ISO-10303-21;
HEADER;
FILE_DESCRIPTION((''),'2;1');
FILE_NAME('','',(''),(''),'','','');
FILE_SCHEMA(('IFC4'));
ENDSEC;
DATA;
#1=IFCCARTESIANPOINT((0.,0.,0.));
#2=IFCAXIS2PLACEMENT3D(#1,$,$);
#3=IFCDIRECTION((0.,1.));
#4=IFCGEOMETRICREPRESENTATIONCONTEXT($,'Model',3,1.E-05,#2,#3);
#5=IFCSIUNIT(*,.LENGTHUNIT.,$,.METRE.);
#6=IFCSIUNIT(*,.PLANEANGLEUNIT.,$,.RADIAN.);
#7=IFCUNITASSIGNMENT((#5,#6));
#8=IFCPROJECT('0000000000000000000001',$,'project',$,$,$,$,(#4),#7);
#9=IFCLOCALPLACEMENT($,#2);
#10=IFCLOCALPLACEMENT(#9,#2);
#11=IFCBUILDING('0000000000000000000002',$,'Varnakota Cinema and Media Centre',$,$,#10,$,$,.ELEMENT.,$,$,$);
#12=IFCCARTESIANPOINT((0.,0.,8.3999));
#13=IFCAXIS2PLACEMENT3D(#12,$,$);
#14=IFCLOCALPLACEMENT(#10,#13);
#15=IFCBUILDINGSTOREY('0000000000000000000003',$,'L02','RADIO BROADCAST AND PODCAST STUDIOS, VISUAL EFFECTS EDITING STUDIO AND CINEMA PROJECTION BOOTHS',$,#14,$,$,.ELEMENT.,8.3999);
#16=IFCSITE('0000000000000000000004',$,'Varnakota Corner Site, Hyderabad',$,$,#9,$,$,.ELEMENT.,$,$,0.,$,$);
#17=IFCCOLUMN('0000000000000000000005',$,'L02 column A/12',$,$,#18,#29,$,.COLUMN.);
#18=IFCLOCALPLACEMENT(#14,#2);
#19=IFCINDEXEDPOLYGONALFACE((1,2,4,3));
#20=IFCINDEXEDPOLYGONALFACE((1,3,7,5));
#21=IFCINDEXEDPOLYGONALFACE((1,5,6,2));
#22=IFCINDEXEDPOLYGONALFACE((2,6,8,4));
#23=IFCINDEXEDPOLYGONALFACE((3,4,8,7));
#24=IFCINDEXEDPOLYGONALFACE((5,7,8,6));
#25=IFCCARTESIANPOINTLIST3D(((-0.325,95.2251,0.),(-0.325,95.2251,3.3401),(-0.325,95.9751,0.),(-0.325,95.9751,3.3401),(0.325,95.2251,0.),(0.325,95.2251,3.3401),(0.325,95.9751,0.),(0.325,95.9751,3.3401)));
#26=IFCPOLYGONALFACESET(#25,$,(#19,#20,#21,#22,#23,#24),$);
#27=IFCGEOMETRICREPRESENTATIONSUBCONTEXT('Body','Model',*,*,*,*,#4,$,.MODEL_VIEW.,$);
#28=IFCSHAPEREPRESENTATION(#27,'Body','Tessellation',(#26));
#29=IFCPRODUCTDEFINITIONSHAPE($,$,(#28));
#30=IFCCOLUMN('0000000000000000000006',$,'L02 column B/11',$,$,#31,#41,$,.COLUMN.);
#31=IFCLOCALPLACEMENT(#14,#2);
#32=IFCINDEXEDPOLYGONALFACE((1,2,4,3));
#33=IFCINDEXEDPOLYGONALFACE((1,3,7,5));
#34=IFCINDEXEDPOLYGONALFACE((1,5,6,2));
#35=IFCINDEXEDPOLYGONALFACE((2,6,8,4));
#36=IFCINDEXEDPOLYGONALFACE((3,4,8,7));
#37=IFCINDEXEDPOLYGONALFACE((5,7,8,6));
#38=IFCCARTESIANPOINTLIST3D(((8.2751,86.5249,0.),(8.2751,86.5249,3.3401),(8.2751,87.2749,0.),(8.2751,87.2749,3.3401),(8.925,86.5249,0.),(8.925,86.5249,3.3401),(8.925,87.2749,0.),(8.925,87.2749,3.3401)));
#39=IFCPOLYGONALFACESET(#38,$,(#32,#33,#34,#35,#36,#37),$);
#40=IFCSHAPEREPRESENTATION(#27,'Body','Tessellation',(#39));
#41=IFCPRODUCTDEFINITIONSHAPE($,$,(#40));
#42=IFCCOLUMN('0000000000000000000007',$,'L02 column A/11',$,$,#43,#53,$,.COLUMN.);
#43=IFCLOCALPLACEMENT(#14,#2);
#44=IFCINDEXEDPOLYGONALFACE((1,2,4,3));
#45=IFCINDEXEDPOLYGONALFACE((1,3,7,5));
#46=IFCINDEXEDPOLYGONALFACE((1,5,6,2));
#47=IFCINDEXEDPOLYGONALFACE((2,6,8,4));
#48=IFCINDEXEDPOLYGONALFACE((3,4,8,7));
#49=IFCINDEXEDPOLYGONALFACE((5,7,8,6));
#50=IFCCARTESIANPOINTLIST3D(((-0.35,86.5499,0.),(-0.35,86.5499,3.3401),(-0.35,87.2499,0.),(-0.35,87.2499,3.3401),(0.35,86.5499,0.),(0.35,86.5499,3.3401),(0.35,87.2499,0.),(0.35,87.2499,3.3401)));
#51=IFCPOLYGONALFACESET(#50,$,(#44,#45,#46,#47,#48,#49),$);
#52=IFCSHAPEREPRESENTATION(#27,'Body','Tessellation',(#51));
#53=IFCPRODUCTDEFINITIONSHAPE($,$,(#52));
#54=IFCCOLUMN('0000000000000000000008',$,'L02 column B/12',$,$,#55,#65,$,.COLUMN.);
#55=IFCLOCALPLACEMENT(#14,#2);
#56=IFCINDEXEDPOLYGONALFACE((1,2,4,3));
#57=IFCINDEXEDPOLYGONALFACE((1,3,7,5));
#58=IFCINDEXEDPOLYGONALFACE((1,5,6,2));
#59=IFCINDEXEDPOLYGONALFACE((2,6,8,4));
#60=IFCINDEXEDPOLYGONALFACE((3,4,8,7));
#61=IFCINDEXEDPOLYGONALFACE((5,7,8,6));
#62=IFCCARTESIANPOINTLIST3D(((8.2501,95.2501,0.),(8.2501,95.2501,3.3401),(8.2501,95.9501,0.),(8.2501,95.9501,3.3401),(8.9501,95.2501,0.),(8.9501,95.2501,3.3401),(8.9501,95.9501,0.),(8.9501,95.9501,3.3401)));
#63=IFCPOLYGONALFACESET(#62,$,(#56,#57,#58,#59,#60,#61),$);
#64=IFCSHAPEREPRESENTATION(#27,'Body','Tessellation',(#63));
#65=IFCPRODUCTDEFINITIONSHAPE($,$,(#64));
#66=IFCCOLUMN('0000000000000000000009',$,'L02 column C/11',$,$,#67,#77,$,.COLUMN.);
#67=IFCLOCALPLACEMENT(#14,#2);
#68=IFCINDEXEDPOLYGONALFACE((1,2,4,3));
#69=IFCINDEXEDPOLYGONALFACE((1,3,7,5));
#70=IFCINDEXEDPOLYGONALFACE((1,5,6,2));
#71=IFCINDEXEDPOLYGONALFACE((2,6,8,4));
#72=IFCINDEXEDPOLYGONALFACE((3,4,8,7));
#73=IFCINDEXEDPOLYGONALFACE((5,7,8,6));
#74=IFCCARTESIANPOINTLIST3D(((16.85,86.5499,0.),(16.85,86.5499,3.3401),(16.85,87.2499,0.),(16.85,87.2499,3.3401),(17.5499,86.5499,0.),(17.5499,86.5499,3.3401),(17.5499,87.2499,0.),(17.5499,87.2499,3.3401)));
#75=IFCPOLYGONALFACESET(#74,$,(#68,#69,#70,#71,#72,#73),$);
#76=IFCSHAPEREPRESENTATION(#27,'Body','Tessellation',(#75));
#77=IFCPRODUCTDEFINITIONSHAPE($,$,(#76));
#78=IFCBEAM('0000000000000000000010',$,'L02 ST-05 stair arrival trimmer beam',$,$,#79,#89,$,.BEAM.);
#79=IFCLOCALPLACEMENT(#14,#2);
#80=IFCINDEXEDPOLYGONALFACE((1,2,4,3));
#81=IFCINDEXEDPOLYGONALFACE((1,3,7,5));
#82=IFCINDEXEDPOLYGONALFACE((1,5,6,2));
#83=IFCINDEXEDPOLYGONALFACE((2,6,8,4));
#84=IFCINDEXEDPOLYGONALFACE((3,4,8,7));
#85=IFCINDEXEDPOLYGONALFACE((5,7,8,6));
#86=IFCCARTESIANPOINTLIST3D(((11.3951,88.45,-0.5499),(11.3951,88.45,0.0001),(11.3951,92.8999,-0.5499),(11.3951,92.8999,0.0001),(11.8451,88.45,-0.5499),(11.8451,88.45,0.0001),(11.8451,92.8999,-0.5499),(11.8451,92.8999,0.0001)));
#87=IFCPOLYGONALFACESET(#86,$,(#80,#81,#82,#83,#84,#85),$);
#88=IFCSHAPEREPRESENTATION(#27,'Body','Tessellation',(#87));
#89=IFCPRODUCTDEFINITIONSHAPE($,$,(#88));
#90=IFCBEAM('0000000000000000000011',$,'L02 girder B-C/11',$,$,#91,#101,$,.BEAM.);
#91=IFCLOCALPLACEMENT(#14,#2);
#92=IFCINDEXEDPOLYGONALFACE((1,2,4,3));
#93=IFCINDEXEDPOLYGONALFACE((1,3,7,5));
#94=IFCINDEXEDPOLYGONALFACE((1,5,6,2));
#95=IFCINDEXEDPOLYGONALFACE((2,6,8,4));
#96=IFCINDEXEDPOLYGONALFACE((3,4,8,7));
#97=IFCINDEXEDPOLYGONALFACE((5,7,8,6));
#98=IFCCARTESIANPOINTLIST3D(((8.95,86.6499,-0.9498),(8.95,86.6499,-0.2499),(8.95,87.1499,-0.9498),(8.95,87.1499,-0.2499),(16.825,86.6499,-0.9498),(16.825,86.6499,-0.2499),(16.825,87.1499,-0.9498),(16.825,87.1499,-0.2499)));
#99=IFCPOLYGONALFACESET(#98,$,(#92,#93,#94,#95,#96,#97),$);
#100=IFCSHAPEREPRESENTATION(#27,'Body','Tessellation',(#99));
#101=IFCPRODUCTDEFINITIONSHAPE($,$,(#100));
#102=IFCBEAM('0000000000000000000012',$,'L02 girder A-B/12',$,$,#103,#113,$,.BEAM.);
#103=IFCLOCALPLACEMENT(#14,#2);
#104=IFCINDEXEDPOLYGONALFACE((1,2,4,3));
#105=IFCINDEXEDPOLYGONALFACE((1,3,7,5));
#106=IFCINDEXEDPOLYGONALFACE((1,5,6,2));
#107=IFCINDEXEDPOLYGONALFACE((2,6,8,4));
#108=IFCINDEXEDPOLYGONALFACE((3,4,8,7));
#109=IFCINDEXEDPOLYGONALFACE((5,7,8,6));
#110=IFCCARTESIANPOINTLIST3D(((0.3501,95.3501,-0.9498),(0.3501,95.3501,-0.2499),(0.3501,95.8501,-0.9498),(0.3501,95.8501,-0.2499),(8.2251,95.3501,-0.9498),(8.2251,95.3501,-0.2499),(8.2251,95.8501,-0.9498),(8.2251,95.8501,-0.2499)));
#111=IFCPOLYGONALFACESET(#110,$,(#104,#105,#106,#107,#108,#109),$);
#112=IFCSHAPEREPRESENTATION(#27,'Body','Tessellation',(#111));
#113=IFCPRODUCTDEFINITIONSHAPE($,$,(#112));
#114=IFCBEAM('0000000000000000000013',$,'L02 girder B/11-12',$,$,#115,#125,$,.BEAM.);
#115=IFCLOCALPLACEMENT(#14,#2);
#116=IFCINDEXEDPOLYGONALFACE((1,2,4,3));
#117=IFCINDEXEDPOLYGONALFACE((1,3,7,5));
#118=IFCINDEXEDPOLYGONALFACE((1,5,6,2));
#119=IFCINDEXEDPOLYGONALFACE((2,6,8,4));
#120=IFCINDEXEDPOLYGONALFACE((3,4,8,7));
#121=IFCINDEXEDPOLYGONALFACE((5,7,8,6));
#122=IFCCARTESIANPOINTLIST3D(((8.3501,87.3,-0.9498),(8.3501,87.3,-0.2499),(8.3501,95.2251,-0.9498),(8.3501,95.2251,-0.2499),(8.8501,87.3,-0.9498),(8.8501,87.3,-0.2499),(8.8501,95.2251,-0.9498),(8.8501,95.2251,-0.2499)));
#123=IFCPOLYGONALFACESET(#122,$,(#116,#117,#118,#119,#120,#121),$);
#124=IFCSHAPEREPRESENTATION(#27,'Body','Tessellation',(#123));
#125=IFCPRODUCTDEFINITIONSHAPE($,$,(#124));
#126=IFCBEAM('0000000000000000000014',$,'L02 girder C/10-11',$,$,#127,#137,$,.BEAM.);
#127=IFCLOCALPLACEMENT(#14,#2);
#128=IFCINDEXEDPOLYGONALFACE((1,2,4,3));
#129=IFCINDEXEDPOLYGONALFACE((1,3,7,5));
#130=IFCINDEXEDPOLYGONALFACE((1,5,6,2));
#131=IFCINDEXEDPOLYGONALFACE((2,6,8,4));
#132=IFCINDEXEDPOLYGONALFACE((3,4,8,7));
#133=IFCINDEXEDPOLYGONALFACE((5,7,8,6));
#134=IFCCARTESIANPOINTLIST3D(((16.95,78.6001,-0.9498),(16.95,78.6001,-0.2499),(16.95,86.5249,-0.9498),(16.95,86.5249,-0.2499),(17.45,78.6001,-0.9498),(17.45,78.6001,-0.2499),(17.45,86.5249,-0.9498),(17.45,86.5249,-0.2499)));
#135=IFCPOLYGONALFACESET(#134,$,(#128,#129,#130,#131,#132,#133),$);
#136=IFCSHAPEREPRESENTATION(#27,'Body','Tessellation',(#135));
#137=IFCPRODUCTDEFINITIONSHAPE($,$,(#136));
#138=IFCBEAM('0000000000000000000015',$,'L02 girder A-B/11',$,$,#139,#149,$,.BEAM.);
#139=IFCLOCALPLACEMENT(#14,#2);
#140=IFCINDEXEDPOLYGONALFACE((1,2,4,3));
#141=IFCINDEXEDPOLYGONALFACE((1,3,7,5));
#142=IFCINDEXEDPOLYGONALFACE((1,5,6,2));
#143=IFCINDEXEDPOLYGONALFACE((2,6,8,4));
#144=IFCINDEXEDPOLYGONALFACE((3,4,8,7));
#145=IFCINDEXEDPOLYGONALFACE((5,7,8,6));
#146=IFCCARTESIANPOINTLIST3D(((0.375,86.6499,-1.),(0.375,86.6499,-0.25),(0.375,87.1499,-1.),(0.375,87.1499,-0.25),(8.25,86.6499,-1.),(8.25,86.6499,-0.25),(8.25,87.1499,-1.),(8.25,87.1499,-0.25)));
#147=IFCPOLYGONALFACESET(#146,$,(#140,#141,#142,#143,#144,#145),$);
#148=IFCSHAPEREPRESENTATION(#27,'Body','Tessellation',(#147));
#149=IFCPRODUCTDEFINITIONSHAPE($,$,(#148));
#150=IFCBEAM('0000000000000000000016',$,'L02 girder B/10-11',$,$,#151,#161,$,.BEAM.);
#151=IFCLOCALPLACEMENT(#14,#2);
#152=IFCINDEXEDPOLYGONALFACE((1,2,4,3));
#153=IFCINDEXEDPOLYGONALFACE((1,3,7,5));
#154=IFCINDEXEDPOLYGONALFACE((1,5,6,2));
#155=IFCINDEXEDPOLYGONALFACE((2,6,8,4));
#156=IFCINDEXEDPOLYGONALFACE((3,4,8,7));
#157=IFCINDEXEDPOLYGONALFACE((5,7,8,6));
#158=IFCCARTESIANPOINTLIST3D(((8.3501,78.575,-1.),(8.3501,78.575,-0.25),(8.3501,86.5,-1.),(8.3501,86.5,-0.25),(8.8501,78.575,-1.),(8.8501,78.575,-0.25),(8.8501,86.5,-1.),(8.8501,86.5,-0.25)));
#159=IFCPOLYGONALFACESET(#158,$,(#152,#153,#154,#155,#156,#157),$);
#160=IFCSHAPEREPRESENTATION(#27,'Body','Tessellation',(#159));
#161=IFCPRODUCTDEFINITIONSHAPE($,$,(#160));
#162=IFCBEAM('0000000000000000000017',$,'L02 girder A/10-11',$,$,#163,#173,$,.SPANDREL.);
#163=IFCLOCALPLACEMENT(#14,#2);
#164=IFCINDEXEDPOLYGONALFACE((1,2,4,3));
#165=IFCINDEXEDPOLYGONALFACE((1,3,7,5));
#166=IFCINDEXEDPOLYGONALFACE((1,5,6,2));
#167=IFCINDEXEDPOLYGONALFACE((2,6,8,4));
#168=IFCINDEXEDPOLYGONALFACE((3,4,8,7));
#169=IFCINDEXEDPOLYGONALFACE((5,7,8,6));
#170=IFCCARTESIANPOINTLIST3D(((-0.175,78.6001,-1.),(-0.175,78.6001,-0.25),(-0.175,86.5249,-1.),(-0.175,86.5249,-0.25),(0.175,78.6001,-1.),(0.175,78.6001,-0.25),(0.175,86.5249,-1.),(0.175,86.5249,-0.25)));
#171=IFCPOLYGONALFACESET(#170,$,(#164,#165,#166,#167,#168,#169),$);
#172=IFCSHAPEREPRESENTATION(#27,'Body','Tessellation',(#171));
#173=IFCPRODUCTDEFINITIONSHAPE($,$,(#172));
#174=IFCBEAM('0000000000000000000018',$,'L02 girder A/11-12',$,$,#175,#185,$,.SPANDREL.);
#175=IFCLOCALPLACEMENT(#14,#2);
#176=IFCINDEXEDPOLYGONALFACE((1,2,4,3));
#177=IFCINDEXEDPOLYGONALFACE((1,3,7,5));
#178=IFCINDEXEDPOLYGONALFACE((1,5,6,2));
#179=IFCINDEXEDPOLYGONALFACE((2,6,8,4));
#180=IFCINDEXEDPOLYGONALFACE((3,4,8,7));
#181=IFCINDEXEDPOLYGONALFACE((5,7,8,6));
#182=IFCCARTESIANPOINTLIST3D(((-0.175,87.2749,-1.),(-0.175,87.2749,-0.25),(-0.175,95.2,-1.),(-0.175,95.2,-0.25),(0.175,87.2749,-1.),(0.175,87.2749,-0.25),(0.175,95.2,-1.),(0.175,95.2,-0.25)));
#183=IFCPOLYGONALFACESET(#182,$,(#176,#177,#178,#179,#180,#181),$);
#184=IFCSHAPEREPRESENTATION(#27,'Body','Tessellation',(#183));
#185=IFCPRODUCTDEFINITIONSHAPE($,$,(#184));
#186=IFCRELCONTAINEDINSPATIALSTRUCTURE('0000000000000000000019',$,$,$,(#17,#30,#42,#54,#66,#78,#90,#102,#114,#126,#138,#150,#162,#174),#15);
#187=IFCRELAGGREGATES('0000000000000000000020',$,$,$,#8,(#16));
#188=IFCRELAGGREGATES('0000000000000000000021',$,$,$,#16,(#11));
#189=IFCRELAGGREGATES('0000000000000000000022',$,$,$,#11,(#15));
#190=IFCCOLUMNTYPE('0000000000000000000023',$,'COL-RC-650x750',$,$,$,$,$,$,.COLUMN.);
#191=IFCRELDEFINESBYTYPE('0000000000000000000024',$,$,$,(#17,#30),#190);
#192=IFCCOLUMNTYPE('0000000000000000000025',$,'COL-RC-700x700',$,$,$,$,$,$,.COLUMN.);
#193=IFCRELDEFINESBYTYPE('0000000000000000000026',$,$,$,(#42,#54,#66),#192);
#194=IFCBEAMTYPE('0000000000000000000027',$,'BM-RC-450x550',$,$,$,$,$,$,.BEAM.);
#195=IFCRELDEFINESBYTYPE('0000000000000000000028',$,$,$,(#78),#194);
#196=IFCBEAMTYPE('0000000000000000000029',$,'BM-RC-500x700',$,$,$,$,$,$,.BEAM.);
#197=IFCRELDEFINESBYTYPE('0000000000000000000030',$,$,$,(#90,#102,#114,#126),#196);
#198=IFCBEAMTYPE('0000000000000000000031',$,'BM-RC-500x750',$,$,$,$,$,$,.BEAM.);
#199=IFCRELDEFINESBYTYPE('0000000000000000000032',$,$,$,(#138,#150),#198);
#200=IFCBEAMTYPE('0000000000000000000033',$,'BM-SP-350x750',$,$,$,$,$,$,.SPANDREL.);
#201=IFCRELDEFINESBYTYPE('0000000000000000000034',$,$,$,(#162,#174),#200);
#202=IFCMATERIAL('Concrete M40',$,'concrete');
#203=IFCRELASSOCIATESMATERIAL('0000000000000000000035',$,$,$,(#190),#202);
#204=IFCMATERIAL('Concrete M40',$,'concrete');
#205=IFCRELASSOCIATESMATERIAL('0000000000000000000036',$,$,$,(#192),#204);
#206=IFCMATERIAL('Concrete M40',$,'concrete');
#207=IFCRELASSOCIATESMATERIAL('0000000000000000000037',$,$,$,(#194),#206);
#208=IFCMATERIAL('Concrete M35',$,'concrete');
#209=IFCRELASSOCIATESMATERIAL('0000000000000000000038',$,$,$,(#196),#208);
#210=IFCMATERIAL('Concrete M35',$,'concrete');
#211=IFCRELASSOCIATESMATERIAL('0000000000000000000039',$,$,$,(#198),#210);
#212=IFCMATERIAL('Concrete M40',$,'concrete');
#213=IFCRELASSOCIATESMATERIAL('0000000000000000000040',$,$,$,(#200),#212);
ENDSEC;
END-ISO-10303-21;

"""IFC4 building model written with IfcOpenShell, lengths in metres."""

from ifc_helpers import new_model, si_unit, direction, frame, origin, origin_2d, place, context, subcontext, project, spatial, rectangle, extrude, material, material_profile, profile_set, type_object, element, save


model = new_model("IFC4")

# Units and contexts
model_context = context("Model", 3, precision=1e-05, world=origin(), true_north=direction((0.0, 1.0)))
body_context = subcontext(model_context, "Body", "Model", "MODEL_VIEW")
ifc_project = project(units=[si_unit("LENGTHUNIT", "METRE"), si_unit("PLANEANGLEUNIT", "RADIAN")], contexts=[model_context])

# Site, building, storey
site_placement = place(None, origin())
site = spatial("IfcSite", under=ifc_project, at=site_placement, Name="Varnakota Corner Site, Hyderabad", CompositionType="ELEMENT", RefElevation=0.0)
building_placement = place(site_placement, origin())
building = spatial("IfcBuilding", under=site, at=building_placement, Name="Varnakota Cinema and Media Centre", CompositionType="ELEMENT")
storey_placement = place(building_placement, frame((0.0, 0.0, 8.3999)))
storey = spatial("IfcBuildingStorey", under=building, at=storey_placement, Name="L02", Description="RADIO BROADCAST AND PODCAST STUDIOS, VISUAL EFFECTS EDITING STUDIO AND CINEMA PROJECTION BOOTHS", CompositionType="ELEMENT", Elevation=8.3999)

# Columns
ifc_material_1 = material(Name="Concrete M40", Category="concrete")
ifc_material_profile_1 = material_profile(ifc_material_1, rectangle(XDim=0.6499, YDim=0.75, at=origin_2d()), Name="RC 650x750")
ifc_profile_set_1 = profile_set([ifc_material_profile_1], Name="Concrete M40")
column_type_1 = type_object("IfcColumnType", Name="COL-RC-650x750", PredefinedType="COLUMN", material=ifc_profile_set_1)
for number, where, z_axis, x_axis, name in (
    (1, (0.0, 95.6001, 0.0), (0.0, 0.0, 1.0), (1.0, 0.0, 0.0), "L02 column A/12"),
    (2, (8.6001, 86.8999, 0.0), (0.0, 0.0, 1.0), (1.0, 0.0, 0.0), "L02 column B/11"),
):
    element("IfcColumn", number, at=place(storey_placement, frame(where, z_axis=z_axis, x_axis=x_axis)), inside=storey, type_object=column_type_1, Name=name, PredefinedType="COLUMN", context=body_context, shape_type="SweptSolid", body=[
        extrude(rectangle(XDim=0.6499, YDim=0.75, at=origin_2d()), origin(), (0.0, 0.0, 1.0), 3.3401),
    ])
ifc_material_2 = material(Name="Concrete M40", Category="concrete")
ifc_material_profile_2 = material_profile(ifc_material_2, rectangle(XDim=0.7, YDim=0.7, at=origin_2d()), Name="RC 700x700")
ifc_profile_set_2 = profile_set([ifc_material_profile_2], Name="Concrete M40")
column_type_2 = type_object("IfcColumnType", Name="COL-RC-700x700", PredefinedType="COLUMN", material=ifc_profile_set_2)
for number, where, z_axis, x_axis, name in (
    (3, (0.0, 86.8999, 0.0), (0.0, 0.0, 1.0), (1.0, 0.0, 0.0), "L02 column A/11"),
    (4, (8.6001, 95.6001, 0.0), (0.0, 0.0, 1.0), (1.0, 0.0, 0.0), "L02 column B/12"),
    (5, (17.2, 86.8999, 0.0), (0.0, 0.0, 1.0), (1.0, 0.0, 0.0), "L02 column C/11"),
):
    element("IfcColumn", number, at=place(storey_placement, frame(where, z_axis=z_axis, x_axis=x_axis)), inside=storey, type_object=column_type_2, Name=name, PredefinedType="COLUMN", context=body_context, shape_type="SweptSolid", body=[
        extrude(rectangle(XDim=0.7, YDim=0.7, at=origin_2d()), origin(), (0.0, 0.0, 1.0), 3.3401),
    ])

# Beams
ifc_material_3 = material(Name="Concrete M40", Category="concrete")
ifc_material_profile_3 = material_profile(ifc_material_3, rectangle(XDim=0.45, YDim=0.55, at=origin_2d()), Name="RCB 450x550")
ifc_profile_set_3 = profile_set([ifc_material_profile_3], Name="Concrete M40")
beam_type_1 = type_object("IfcBeamType", Name="BM-RC-450x550", PredefinedType="BEAM", material=ifc_profile_set_3)
beam_1_placement = place(storey_placement, frame((11.6201, 88.45, -0.2749), z_axis=(0.0, 1.0, 0.0), x_axis=(-1.0, 0.0, 0.0)))
element("IfcBeam", 6, at=beam_1_placement, inside=storey, type_object=beam_type_1, Name="L02 ST-05 stair arrival trimmer beam", PredefinedType="BEAM", context=body_context, shape_type="SweptSolid", body=[
    extrude(rectangle(XDim=0.45, YDim=0.55, at=origin_2d()), origin(), (0.0, 0.0, 1.0), 4.45),
])
ifc_material_4 = material(Name="Concrete M35", Category="concrete")
ifc_material_profile_4 = material_profile(ifc_material_4, rectangle(XDim=0.5, YDim=0.7, at=origin_2d()), Name="RCB 500x700")
ifc_profile_set_4 = profile_set([ifc_material_profile_4], Name="Concrete M35")
beam_type_2 = type_object("IfcBeamType", Name="BM-RC-500x700", PredefinedType="BEAM", material=ifc_profile_set_4)
for number, where, z_axis, x_axis, name in (
    (7, (8.95, 86.8999, -0.5999), (1.0, 0.0, 0.0), (0.0, 1.0, 0.0), "L02 girder B-C/11"),
    (8, (0.3501, 95.6001, -0.5999), (1.0, 0.0, 0.0), (0.0, 1.0, 0.0), "L02 girder A-B/12"),
):
    element("IfcBeam", number, at=place(storey_placement, frame(where, z_axis=z_axis, x_axis=x_axis)), inside=storey, type_object=beam_type_2, Name=name, PredefinedType="BEAM", context=body_context, shape_type="SweptSolid", body=[
        extrude(rectangle(XDim=0.5, YDim=0.7, at=origin_2d()), origin(), (0.0, 0.0, 1.0), 7.875),
    ])
beam_2_placement = place(storey_placement, frame((8.6001, 87.3, -0.5999), z_axis=(0.0, 1.0, 0.0), x_axis=(-1.0, 0.0, 0.0)))
element("IfcBeam", 9, at=beam_2_placement, inside=storey, type_object=beam_type_2, Name="L02 girder B/11-12", PredefinedType="BEAM", context=body_context, shape_type="SweptSolid", body=[
    extrude(rectangle(XDim=0.5, YDim=0.7, at=origin_2d()), origin(), (0.0, 0.0, 1.0), 7.925),
])
beam_3_placement = place(storey_placement, frame((17.2, 78.6001, -0.5999), z_axis=(0.0, 1.0, 0.0), x_axis=(-1.0, 0.0, 0.0)))
element("IfcBeam", 10, at=beam_3_placement, inside=storey, type_object=beam_type_2, Name="L02 girder C/10-11", PredefinedType="BEAM", context=body_context, shape_type="SweptSolid", body=[
    extrude(rectangle(XDim=0.5, YDim=0.7, at=origin_2d()), origin(), (0.0, 0.0, 1.0), 7.9248),
])
ifc_material_5 = material(Name="Concrete M35", Category="concrete")
ifc_material_profile_5 = material_profile(ifc_material_5, rectangle(XDim=0.5, YDim=0.75, at=origin_2d()), Name="RCB 500x750")
ifc_profile_set_5 = profile_set([ifc_material_profile_5], Name="Concrete M35")
beam_type_3 = type_object("IfcBeamType", Name="BM-RC-500x750", PredefinedType="BEAM", material=ifc_profile_set_5)
beam_4_placement = place(storey_placement, frame((0.375, 86.8999, -0.625), z_axis=(1.0, 0.0, 0.0), x_axis=(0.0, 1.0, 0.0)))
element("IfcBeam", 11, at=beam_4_placement, inside=storey, type_object=beam_type_3, Name="L02 girder A-B/11", PredefinedType="BEAM", context=body_context, shape_type="SweptSolid", body=[
    extrude(rectangle(XDim=0.5, YDim=0.75, at=origin_2d()), origin(), (0.0, 0.0, 1.0), 7.875),
])
beam_5_placement = place(storey_placement, frame((8.6001, 78.575, -0.625), z_axis=(0.0, 1.0, 0.0), x_axis=(-1.0, 0.0, 0.0)))
element("IfcBeam", 12, at=beam_5_placement, inside=storey, type_object=beam_type_3, Name="L02 girder B/10-11", PredefinedType="BEAM", context=body_context, shape_type="SweptSolid", body=[
    extrude(rectangle(XDim=0.5, YDim=0.75, at=origin_2d()), origin(), (0.0, 0.0, 1.0), 7.925),
])
ifc_material_6 = material(Name="Concrete M40", Category="concrete")
ifc_material_profile_6 = material_profile(ifc_material_6, rectangle(XDim=0.3501, YDim=0.75, at=origin_2d()), Name="RCB 350x750")
ifc_profile_set_6 = profile_set([ifc_material_profile_6], Name="Concrete M40")
beam_type_4 = type_object("IfcBeamType", Name="BM-SP-350x750", PredefinedType="SPANDREL", material=ifc_profile_set_6)
beam_6_placement = place(storey_placement, frame((0.0, 78.6001, -0.625), z_axis=(0.0, 1.0, 0.0), x_axis=(-1.0, 0.0, 0.0)))
element("IfcBeam", 13, at=beam_6_placement, inside=storey, type_object=beam_type_4, Name="L02 girder A/10-11", PredefinedType="SPANDREL", context=body_context, shape_type="SweptSolid", body=[
    extrude(rectangle(XDim=0.3501, YDim=0.75, at=origin_2d()), origin(), (0.0, 0.0, 1.0), 7.9248),
])
beam_7_placement = place(storey_placement, frame((0.0, 87.2749, -0.625), z_axis=(0.0, 1.0, 0.0), x_axis=(-1.0, 0.0, 0.0)))
element("IfcBeam", 14, at=beam_7_placement, inside=storey, type_object=beam_type_4, Name="L02 girder A/11-12", PredefinedType="SPANDREL", context=body_context, shape_type="SweptSolid", body=[
    extrude(rectangle(XDim=0.3501, YDim=0.75, at=origin_2d()), origin(), (0.0, 0.0, 1.0), 7.925),
])

save(model, "model.ifc")
